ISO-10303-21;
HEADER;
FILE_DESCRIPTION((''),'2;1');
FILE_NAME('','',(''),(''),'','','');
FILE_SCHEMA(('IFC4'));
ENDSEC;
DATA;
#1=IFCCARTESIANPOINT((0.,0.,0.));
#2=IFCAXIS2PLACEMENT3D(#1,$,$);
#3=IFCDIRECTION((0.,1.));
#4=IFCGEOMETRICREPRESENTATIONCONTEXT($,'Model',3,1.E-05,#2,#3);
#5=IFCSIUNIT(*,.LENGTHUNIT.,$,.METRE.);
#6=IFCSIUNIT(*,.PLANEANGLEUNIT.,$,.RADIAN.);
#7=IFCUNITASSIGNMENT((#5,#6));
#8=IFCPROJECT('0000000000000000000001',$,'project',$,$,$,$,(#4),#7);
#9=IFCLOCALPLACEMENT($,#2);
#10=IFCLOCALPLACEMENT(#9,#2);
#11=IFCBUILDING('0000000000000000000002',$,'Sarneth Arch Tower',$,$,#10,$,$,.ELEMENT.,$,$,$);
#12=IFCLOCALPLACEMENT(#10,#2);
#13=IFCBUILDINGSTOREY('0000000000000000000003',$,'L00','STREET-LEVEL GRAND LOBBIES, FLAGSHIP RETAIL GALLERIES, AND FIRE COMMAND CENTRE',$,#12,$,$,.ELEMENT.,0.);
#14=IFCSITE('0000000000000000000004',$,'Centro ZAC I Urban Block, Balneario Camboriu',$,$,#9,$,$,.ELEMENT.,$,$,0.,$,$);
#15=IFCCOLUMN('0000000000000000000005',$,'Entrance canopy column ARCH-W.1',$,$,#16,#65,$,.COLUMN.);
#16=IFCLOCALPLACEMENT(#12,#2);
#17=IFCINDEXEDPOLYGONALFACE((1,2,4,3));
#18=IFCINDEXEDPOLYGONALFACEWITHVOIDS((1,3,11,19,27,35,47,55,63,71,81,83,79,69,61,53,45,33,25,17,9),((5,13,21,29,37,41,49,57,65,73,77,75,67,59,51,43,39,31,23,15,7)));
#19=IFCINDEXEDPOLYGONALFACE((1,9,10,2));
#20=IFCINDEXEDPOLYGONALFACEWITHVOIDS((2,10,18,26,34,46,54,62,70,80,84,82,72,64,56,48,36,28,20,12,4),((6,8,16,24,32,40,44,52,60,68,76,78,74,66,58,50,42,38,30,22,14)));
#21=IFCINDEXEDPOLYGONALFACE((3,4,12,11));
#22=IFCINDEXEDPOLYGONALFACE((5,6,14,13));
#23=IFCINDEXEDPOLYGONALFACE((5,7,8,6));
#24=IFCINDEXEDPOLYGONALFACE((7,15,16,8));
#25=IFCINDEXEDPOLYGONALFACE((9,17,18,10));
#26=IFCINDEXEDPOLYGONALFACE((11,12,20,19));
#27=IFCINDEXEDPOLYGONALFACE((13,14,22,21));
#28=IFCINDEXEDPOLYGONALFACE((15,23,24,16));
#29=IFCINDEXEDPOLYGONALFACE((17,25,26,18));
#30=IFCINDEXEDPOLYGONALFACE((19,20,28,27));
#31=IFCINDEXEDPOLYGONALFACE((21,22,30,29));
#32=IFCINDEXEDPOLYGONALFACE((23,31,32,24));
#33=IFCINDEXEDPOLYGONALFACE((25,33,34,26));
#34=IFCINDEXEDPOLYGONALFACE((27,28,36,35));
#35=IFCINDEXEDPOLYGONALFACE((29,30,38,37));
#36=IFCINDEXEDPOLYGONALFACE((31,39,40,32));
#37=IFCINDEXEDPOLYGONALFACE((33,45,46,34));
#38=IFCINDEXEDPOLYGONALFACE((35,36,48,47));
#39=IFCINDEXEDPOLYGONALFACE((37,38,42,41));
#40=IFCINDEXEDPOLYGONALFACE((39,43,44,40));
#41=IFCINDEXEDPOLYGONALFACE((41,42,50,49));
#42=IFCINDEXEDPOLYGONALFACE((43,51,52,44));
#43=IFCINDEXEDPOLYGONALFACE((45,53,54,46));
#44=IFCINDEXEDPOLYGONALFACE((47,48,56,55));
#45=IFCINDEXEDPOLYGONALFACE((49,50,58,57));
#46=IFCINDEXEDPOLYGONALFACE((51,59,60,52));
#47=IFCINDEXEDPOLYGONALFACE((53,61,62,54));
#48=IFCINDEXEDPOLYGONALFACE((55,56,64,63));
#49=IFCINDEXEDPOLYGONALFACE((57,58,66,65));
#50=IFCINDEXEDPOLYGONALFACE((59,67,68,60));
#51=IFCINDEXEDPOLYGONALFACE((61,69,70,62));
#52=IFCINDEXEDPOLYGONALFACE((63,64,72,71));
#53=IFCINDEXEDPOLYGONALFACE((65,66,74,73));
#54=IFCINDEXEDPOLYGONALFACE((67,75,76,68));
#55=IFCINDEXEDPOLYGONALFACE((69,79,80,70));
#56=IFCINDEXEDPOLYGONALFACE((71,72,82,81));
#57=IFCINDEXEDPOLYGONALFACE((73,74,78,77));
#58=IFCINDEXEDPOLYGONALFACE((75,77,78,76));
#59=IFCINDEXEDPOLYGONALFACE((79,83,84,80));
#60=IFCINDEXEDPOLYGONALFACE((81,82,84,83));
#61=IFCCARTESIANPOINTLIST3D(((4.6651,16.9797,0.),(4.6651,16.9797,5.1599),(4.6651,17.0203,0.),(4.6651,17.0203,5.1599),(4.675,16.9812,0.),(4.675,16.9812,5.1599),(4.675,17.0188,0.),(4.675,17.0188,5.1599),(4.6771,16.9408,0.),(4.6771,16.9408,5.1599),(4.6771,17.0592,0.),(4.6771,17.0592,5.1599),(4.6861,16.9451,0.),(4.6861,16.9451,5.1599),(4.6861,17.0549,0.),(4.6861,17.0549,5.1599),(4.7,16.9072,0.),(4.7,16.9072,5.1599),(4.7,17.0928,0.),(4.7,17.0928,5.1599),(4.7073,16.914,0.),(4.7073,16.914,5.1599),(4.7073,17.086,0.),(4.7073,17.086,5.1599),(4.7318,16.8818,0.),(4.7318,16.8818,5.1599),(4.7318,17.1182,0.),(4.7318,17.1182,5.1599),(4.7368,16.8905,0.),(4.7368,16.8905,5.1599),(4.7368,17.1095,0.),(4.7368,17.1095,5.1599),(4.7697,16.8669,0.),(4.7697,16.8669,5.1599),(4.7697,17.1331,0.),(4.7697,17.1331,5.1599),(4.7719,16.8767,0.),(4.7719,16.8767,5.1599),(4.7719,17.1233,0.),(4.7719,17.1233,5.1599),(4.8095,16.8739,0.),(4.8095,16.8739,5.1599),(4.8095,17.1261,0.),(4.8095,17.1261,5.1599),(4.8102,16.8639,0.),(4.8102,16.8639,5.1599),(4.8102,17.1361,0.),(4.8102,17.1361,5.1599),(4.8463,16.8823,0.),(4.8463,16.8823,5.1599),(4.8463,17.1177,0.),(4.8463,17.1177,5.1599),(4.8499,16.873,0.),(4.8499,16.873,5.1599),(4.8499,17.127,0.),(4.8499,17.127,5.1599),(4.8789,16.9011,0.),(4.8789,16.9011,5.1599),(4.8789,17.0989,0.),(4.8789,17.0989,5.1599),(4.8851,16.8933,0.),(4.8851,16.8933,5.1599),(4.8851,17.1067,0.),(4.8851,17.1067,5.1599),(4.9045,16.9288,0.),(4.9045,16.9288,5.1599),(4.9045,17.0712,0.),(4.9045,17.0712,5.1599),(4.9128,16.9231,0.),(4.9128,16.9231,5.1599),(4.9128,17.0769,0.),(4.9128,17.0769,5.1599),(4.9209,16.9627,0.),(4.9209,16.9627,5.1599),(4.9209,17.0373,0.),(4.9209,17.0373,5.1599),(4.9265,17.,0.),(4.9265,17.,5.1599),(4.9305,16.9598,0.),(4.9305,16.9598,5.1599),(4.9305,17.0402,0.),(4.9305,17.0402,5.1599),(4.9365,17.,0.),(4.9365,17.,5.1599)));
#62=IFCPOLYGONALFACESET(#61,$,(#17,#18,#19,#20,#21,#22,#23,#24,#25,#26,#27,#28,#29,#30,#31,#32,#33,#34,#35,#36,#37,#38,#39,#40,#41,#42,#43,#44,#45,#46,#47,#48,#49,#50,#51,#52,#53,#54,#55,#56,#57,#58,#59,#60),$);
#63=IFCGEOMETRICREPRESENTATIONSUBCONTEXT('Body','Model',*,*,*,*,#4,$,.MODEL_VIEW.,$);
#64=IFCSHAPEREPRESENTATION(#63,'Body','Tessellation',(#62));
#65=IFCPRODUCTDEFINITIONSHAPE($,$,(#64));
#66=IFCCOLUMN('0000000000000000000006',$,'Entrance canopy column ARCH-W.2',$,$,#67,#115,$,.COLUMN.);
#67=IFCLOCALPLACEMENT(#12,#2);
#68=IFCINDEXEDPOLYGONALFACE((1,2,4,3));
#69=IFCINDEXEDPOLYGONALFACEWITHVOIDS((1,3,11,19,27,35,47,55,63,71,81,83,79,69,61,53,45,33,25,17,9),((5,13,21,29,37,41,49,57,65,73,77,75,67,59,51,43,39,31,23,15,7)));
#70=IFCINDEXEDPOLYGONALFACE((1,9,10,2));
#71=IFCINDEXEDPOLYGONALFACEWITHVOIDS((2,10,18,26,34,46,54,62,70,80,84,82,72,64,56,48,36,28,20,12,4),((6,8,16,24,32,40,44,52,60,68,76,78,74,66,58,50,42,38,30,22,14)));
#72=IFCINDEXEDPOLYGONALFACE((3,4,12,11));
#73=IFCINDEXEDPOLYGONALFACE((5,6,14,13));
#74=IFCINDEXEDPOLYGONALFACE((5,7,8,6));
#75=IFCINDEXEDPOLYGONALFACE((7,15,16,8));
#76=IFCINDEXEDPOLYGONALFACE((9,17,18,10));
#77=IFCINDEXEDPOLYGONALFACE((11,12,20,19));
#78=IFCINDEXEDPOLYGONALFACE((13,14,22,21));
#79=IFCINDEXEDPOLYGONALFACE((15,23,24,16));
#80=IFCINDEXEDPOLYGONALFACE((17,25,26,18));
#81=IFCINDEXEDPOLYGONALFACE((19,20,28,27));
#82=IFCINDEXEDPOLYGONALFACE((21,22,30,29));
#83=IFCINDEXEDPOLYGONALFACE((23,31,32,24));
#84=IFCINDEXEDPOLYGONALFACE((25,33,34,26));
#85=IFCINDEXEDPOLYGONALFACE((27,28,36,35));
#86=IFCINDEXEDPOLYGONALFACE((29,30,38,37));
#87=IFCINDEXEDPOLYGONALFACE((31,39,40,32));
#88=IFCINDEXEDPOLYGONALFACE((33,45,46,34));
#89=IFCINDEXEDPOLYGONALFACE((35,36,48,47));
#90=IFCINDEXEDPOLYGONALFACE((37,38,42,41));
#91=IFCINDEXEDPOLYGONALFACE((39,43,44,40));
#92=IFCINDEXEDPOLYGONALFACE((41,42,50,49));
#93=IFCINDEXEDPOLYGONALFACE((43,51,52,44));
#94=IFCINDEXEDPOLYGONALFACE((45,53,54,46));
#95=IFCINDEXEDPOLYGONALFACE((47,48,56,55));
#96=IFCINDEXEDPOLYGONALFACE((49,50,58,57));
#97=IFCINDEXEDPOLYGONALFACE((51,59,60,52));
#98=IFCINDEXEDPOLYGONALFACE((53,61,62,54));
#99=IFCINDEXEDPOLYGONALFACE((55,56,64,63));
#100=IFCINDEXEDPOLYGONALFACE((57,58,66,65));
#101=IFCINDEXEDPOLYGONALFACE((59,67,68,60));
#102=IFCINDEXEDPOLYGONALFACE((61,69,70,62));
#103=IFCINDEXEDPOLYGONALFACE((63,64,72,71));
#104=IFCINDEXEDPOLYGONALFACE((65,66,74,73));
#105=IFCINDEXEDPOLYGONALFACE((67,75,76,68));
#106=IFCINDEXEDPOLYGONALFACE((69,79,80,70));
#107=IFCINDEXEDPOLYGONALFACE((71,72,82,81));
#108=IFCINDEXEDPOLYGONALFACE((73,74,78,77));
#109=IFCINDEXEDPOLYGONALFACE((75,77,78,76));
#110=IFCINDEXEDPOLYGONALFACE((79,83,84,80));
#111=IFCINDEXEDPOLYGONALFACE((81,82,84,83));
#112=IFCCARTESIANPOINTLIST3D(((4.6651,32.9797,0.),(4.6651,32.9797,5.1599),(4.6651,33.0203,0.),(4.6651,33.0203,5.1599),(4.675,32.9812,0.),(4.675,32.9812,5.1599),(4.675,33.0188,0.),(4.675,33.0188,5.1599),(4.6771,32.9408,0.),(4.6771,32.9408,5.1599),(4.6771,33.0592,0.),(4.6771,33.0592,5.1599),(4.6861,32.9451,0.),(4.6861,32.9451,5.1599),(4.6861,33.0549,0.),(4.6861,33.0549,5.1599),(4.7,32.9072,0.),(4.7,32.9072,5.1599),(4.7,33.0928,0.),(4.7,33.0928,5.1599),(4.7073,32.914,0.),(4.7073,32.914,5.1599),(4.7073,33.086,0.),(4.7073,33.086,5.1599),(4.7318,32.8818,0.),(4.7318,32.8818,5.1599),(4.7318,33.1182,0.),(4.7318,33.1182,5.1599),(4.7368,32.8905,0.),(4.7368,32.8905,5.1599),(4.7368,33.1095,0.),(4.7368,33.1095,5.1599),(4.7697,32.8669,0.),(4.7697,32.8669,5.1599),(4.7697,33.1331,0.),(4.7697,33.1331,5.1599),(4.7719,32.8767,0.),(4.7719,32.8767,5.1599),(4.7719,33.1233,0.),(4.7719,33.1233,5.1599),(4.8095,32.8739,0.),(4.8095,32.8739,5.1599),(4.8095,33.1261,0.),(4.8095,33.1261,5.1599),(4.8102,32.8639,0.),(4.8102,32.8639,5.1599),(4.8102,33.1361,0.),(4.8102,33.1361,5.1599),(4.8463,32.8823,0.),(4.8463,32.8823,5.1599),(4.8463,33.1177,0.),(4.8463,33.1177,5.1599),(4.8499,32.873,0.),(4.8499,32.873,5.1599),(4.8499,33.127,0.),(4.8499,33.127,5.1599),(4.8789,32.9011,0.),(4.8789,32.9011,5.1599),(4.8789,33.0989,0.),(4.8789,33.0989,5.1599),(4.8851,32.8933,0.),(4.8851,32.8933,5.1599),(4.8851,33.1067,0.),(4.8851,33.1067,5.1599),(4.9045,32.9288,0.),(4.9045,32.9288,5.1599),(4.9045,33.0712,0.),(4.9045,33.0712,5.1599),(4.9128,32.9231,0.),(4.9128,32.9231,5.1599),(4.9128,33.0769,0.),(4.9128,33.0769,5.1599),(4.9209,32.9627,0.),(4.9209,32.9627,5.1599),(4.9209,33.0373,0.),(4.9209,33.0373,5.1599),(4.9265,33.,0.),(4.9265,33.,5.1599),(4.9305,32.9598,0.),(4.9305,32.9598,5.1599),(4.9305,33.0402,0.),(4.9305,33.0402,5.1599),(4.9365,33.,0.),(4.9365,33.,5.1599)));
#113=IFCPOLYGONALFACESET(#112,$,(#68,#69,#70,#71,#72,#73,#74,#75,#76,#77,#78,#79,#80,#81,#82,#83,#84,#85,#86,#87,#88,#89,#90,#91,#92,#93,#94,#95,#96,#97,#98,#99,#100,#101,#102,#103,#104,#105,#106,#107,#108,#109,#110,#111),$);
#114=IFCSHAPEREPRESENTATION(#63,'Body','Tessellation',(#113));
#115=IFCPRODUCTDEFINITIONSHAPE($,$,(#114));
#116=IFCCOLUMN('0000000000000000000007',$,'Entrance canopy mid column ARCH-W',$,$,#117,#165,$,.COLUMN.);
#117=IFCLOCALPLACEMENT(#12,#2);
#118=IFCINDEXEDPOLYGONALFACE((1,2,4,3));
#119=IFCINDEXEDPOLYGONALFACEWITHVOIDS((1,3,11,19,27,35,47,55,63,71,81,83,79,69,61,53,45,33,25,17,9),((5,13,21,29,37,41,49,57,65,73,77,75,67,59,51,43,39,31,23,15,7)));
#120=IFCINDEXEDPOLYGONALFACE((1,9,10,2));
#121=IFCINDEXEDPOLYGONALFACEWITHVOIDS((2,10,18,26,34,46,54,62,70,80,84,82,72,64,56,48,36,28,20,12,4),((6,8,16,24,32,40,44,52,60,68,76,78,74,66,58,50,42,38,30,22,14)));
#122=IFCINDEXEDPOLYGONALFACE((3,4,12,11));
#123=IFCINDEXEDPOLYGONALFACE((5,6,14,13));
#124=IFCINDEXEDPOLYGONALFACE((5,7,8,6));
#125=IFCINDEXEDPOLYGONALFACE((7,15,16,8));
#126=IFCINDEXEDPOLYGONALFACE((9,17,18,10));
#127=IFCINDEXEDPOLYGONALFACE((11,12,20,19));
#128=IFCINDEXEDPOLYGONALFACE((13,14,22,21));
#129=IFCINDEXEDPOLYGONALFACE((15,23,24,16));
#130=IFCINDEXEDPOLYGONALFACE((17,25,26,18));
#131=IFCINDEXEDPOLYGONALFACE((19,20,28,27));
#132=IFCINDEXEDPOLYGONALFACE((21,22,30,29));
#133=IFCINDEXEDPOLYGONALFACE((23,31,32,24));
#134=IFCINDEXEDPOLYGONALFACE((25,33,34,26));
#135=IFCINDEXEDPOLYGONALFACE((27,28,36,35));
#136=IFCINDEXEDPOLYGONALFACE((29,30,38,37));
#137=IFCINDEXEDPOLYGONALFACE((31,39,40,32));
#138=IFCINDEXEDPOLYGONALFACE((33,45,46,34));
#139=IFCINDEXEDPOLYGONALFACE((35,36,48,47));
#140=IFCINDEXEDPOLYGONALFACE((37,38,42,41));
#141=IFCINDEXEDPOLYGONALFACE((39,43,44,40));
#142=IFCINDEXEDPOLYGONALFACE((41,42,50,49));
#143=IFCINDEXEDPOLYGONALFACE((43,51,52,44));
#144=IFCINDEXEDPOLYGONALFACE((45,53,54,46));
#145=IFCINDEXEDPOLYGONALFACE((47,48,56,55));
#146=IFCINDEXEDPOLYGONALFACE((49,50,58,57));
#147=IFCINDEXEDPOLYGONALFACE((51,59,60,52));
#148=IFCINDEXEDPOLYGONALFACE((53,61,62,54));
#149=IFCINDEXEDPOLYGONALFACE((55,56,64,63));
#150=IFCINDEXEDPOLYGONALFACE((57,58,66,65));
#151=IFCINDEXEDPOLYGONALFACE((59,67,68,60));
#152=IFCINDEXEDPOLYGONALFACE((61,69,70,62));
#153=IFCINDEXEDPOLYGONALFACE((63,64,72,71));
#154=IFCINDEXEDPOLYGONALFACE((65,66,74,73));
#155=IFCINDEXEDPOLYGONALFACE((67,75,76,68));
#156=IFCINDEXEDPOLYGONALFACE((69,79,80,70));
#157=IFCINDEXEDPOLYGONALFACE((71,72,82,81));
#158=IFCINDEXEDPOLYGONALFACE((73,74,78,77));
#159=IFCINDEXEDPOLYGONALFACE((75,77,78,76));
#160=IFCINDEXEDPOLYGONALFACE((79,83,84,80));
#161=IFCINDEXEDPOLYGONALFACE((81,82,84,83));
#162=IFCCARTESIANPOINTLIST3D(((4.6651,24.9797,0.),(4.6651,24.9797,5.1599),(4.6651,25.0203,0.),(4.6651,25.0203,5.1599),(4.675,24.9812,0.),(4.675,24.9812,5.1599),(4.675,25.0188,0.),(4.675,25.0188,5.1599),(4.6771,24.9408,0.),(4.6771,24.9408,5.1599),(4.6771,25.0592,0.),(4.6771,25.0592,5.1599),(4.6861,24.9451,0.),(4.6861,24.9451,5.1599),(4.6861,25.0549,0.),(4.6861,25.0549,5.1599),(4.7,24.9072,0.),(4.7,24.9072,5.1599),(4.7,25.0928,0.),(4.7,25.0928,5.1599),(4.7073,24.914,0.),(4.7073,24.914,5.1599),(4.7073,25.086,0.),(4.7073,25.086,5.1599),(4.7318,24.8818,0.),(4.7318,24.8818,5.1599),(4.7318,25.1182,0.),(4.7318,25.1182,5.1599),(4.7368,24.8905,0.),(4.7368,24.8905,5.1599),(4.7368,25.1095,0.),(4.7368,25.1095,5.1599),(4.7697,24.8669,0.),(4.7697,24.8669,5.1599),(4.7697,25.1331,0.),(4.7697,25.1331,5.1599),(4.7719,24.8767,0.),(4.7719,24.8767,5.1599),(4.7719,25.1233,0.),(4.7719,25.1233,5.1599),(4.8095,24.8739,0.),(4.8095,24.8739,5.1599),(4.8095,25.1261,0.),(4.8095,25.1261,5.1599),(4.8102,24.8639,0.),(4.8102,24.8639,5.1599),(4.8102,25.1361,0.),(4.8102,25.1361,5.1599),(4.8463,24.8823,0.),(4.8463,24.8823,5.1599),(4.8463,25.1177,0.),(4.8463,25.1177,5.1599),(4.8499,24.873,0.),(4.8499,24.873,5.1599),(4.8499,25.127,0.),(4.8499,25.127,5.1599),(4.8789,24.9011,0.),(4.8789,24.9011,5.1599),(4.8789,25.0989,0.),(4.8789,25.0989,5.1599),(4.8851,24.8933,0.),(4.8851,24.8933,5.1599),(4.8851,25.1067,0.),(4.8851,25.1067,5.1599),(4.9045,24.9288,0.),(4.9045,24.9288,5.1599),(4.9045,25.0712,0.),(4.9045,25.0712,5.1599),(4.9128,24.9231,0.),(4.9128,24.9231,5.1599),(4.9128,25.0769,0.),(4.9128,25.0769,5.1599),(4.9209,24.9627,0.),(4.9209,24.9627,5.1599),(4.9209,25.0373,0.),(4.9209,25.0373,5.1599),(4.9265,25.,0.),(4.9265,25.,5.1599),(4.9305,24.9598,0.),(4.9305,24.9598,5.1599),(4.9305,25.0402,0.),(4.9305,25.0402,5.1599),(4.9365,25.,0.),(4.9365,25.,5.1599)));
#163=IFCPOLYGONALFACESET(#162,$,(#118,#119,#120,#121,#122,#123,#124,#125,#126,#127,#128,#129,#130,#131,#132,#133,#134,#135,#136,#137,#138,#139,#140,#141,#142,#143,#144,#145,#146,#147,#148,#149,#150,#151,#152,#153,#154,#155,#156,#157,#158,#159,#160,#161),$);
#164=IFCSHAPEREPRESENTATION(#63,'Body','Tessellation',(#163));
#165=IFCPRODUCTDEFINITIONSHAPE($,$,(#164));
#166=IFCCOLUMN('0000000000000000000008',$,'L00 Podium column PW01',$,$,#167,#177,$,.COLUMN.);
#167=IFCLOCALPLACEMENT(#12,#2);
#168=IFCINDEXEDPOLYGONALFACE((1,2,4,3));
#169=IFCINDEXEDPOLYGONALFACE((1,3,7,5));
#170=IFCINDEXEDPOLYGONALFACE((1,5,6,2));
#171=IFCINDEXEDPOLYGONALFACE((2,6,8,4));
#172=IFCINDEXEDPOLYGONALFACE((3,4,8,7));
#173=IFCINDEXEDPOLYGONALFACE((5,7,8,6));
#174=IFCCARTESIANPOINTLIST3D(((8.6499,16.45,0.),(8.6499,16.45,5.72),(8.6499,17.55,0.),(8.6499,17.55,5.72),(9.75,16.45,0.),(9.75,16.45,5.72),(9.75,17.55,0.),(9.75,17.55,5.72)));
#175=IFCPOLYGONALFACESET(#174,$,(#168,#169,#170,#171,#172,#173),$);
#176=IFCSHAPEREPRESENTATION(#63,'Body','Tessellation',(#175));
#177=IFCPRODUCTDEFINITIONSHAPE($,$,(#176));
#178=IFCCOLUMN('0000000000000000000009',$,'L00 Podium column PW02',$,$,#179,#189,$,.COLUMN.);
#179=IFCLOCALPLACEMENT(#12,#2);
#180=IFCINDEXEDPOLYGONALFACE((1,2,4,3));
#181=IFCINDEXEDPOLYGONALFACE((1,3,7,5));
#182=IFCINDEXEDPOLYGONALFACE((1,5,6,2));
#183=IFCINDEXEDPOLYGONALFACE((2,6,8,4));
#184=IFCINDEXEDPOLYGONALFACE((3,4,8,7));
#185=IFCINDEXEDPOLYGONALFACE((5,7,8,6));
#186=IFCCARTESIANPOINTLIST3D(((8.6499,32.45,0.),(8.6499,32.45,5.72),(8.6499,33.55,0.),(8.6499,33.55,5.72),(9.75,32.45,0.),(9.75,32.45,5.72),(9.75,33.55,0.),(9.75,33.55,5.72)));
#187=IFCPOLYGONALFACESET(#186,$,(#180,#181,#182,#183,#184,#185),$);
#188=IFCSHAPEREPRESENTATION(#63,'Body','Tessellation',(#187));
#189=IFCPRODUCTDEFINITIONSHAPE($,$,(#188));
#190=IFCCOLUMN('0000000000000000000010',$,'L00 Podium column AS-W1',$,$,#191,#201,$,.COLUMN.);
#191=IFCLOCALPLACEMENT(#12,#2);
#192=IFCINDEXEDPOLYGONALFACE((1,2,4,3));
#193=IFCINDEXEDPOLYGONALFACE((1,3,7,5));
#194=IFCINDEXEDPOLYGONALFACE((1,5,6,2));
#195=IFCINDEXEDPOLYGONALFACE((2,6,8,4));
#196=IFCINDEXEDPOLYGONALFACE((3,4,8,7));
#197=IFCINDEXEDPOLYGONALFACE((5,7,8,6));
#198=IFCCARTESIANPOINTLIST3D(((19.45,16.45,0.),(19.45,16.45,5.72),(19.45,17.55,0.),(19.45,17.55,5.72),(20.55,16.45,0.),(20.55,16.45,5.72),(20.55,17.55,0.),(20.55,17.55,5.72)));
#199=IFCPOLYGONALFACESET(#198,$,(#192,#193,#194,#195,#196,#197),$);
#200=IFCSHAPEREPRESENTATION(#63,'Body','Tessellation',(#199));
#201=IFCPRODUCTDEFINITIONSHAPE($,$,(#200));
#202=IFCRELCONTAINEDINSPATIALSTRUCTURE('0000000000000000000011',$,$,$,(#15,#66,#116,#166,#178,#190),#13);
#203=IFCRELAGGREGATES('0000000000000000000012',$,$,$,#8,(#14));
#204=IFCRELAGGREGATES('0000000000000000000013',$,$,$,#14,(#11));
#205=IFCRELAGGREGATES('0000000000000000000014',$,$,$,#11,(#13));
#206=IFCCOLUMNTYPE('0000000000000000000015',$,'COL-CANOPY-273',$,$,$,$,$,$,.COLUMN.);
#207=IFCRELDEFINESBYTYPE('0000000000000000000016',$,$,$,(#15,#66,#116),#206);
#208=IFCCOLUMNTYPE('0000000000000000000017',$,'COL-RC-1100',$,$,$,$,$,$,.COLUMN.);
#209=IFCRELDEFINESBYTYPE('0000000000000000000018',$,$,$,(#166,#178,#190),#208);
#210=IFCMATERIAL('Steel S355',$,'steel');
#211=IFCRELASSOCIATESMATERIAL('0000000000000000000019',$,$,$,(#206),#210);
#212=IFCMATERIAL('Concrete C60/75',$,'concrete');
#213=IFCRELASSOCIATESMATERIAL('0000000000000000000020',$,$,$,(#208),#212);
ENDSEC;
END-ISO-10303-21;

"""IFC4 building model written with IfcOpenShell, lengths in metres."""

from ifc_helpers import new_model, si_unit, direction, frame, origin, origin_2d, place, context, subcontext, project, spatial, rectangle, hollow_circle, extrude, material, material_profile, profile_set, type_object, element, save


model = new_model("IFC4")

# Units and contexts
model_context = context("Model", 3, precision=1e-05, world=origin(), true_north=direction((0.0, 1.0)))
body_context = subcontext(model_context, "Body", "Model", "MODEL_VIEW")
ifc_project = project(units=[si_unit("LENGTHUNIT", "METRE"), si_unit("PLANEANGLEUNIT", "RADIAN")], contexts=[model_context])

# Site, building, storey
site_placement = place(None, origin())
site = spatial("IfcSite", under=ifc_project, at=site_placement, Name="Centro ZAC I Urban Block, Balneario Camboriu", CompositionType="ELEMENT", RefElevation=0.0)
building_placement = place(site_placement, origin())
building = spatial("IfcBuilding", under=site, at=building_placement, Name="Sarneth Arch Tower", CompositionType="ELEMENT")
storey_placement = place(building_placement, origin())
storey = spatial("IfcBuildingStorey", under=building, at=storey_placement, Name="L00", Description="STREET-LEVEL GRAND LOBBIES, FLAGSHIP RETAIL GALLERIES, AND FIRE COMMAND CENTRE", CompositionType="ELEMENT", Elevation=0.0)

# Columns
ifc_material_1 = material(Name="Steel S355", Category="steel")
ifc_material_profile_1 = material_profile(ifc_material_1, hollow_circle(Radius=0.1365, WallThickness=0.01, at=origin_2d()), Name="CHS273x10")
ifc_profile_set_1 = profile_set([ifc_material_profile_1], Name="Steel S355")
column_type_1 = type_object("IfcColumnType", Name="COL-CANOPY-273", PredefinedType="COLUMN", material=ifc_profile_set_1)
for number, where, z_axis, x_axis, name in (
    (1, (4.8, 17.0, 0.0), (0.0, 0.0, 1.0), (1.0, 0.0, 0.0), "Entrance canopy column ARCH-W.1"),
    (2, (4.8, 33.0, 0.0), (0.0, 0.0, 1.0), (1.0, 0.0, 0.0), "Entrance canopy column ARCH-W.2"),
    (3, (4.8, 25.0, 0.0), (0.0, 0.0, 1.0), (1.0, 0.0, 0.0), "Entrance canopy mid column ARCH-W"),
):
    element("IfcColumn", number, at=place(storey_placement, frame(where, z_axis=z_axis, x_axis=x_axis)), inside=storey, type_object=column_type_1, Name=name, PredefinedType="COLUMN", context=body_context, shape_type="SweptSolid", body=[
        extrude(hollow_circle(Radius=0.1365, WallThickness=0.01, at=origin_2d()), origin(), (0.0, 0.0, 1.0), 5.1599),
    ])
ifc_material_2 = material(Name="Concrete C60/75", Category="concrete")
ifc_material_profile_2 = material_profile(ifc_material_2, rectangle(XDim=1.1001, YDim=1.1001, at=origin_2d()), Name="RC-1100x1100")
ifc_profile_set_2 = profile_set([ifc_material_profile_2], Name="Concrete C60/75")
column_type_2 = type_object("IfcColumnType", Name="COL-RC-1100", PredefinedType="COLUMN", material=ifc_profile_set_2)
for number, where, z_axis, x_axis, name in (
    (4, (9.2, 17.0, 0.0), (0.0, 0.0, 1.0), (1.0, 0.0, 0.0), "L00 Podium column PW01"),
    (5, (9.2, 33.0, 0.0), (0.0, 0.0, 1.0), (1.0, 0.0, 0.0), "L00 Podium column PW02"),
    (6, (20.0, 17.0, 0.0), (0.0, 0.0, 1.0), (1.0, 0.0, 0.0), "L00 Podium column AS-W1"),
):
    element("IfcColumn", number, at=place(storey_placement, frame(where, z_axis=z_axis, x_axis=x_axis)), inside=storey, type_object=column_type_2, Name=name, PredefinedType="COLUMN", context=body_context, shape_type="SweptSolid", body=[
        extrude(rectangle(XDim=1.1001, YDim=1.1001, at=origin_2d()), origin(), (0.0, 0.0, 1.0), 5.72),
    ])

save(model, "model.ifc")
